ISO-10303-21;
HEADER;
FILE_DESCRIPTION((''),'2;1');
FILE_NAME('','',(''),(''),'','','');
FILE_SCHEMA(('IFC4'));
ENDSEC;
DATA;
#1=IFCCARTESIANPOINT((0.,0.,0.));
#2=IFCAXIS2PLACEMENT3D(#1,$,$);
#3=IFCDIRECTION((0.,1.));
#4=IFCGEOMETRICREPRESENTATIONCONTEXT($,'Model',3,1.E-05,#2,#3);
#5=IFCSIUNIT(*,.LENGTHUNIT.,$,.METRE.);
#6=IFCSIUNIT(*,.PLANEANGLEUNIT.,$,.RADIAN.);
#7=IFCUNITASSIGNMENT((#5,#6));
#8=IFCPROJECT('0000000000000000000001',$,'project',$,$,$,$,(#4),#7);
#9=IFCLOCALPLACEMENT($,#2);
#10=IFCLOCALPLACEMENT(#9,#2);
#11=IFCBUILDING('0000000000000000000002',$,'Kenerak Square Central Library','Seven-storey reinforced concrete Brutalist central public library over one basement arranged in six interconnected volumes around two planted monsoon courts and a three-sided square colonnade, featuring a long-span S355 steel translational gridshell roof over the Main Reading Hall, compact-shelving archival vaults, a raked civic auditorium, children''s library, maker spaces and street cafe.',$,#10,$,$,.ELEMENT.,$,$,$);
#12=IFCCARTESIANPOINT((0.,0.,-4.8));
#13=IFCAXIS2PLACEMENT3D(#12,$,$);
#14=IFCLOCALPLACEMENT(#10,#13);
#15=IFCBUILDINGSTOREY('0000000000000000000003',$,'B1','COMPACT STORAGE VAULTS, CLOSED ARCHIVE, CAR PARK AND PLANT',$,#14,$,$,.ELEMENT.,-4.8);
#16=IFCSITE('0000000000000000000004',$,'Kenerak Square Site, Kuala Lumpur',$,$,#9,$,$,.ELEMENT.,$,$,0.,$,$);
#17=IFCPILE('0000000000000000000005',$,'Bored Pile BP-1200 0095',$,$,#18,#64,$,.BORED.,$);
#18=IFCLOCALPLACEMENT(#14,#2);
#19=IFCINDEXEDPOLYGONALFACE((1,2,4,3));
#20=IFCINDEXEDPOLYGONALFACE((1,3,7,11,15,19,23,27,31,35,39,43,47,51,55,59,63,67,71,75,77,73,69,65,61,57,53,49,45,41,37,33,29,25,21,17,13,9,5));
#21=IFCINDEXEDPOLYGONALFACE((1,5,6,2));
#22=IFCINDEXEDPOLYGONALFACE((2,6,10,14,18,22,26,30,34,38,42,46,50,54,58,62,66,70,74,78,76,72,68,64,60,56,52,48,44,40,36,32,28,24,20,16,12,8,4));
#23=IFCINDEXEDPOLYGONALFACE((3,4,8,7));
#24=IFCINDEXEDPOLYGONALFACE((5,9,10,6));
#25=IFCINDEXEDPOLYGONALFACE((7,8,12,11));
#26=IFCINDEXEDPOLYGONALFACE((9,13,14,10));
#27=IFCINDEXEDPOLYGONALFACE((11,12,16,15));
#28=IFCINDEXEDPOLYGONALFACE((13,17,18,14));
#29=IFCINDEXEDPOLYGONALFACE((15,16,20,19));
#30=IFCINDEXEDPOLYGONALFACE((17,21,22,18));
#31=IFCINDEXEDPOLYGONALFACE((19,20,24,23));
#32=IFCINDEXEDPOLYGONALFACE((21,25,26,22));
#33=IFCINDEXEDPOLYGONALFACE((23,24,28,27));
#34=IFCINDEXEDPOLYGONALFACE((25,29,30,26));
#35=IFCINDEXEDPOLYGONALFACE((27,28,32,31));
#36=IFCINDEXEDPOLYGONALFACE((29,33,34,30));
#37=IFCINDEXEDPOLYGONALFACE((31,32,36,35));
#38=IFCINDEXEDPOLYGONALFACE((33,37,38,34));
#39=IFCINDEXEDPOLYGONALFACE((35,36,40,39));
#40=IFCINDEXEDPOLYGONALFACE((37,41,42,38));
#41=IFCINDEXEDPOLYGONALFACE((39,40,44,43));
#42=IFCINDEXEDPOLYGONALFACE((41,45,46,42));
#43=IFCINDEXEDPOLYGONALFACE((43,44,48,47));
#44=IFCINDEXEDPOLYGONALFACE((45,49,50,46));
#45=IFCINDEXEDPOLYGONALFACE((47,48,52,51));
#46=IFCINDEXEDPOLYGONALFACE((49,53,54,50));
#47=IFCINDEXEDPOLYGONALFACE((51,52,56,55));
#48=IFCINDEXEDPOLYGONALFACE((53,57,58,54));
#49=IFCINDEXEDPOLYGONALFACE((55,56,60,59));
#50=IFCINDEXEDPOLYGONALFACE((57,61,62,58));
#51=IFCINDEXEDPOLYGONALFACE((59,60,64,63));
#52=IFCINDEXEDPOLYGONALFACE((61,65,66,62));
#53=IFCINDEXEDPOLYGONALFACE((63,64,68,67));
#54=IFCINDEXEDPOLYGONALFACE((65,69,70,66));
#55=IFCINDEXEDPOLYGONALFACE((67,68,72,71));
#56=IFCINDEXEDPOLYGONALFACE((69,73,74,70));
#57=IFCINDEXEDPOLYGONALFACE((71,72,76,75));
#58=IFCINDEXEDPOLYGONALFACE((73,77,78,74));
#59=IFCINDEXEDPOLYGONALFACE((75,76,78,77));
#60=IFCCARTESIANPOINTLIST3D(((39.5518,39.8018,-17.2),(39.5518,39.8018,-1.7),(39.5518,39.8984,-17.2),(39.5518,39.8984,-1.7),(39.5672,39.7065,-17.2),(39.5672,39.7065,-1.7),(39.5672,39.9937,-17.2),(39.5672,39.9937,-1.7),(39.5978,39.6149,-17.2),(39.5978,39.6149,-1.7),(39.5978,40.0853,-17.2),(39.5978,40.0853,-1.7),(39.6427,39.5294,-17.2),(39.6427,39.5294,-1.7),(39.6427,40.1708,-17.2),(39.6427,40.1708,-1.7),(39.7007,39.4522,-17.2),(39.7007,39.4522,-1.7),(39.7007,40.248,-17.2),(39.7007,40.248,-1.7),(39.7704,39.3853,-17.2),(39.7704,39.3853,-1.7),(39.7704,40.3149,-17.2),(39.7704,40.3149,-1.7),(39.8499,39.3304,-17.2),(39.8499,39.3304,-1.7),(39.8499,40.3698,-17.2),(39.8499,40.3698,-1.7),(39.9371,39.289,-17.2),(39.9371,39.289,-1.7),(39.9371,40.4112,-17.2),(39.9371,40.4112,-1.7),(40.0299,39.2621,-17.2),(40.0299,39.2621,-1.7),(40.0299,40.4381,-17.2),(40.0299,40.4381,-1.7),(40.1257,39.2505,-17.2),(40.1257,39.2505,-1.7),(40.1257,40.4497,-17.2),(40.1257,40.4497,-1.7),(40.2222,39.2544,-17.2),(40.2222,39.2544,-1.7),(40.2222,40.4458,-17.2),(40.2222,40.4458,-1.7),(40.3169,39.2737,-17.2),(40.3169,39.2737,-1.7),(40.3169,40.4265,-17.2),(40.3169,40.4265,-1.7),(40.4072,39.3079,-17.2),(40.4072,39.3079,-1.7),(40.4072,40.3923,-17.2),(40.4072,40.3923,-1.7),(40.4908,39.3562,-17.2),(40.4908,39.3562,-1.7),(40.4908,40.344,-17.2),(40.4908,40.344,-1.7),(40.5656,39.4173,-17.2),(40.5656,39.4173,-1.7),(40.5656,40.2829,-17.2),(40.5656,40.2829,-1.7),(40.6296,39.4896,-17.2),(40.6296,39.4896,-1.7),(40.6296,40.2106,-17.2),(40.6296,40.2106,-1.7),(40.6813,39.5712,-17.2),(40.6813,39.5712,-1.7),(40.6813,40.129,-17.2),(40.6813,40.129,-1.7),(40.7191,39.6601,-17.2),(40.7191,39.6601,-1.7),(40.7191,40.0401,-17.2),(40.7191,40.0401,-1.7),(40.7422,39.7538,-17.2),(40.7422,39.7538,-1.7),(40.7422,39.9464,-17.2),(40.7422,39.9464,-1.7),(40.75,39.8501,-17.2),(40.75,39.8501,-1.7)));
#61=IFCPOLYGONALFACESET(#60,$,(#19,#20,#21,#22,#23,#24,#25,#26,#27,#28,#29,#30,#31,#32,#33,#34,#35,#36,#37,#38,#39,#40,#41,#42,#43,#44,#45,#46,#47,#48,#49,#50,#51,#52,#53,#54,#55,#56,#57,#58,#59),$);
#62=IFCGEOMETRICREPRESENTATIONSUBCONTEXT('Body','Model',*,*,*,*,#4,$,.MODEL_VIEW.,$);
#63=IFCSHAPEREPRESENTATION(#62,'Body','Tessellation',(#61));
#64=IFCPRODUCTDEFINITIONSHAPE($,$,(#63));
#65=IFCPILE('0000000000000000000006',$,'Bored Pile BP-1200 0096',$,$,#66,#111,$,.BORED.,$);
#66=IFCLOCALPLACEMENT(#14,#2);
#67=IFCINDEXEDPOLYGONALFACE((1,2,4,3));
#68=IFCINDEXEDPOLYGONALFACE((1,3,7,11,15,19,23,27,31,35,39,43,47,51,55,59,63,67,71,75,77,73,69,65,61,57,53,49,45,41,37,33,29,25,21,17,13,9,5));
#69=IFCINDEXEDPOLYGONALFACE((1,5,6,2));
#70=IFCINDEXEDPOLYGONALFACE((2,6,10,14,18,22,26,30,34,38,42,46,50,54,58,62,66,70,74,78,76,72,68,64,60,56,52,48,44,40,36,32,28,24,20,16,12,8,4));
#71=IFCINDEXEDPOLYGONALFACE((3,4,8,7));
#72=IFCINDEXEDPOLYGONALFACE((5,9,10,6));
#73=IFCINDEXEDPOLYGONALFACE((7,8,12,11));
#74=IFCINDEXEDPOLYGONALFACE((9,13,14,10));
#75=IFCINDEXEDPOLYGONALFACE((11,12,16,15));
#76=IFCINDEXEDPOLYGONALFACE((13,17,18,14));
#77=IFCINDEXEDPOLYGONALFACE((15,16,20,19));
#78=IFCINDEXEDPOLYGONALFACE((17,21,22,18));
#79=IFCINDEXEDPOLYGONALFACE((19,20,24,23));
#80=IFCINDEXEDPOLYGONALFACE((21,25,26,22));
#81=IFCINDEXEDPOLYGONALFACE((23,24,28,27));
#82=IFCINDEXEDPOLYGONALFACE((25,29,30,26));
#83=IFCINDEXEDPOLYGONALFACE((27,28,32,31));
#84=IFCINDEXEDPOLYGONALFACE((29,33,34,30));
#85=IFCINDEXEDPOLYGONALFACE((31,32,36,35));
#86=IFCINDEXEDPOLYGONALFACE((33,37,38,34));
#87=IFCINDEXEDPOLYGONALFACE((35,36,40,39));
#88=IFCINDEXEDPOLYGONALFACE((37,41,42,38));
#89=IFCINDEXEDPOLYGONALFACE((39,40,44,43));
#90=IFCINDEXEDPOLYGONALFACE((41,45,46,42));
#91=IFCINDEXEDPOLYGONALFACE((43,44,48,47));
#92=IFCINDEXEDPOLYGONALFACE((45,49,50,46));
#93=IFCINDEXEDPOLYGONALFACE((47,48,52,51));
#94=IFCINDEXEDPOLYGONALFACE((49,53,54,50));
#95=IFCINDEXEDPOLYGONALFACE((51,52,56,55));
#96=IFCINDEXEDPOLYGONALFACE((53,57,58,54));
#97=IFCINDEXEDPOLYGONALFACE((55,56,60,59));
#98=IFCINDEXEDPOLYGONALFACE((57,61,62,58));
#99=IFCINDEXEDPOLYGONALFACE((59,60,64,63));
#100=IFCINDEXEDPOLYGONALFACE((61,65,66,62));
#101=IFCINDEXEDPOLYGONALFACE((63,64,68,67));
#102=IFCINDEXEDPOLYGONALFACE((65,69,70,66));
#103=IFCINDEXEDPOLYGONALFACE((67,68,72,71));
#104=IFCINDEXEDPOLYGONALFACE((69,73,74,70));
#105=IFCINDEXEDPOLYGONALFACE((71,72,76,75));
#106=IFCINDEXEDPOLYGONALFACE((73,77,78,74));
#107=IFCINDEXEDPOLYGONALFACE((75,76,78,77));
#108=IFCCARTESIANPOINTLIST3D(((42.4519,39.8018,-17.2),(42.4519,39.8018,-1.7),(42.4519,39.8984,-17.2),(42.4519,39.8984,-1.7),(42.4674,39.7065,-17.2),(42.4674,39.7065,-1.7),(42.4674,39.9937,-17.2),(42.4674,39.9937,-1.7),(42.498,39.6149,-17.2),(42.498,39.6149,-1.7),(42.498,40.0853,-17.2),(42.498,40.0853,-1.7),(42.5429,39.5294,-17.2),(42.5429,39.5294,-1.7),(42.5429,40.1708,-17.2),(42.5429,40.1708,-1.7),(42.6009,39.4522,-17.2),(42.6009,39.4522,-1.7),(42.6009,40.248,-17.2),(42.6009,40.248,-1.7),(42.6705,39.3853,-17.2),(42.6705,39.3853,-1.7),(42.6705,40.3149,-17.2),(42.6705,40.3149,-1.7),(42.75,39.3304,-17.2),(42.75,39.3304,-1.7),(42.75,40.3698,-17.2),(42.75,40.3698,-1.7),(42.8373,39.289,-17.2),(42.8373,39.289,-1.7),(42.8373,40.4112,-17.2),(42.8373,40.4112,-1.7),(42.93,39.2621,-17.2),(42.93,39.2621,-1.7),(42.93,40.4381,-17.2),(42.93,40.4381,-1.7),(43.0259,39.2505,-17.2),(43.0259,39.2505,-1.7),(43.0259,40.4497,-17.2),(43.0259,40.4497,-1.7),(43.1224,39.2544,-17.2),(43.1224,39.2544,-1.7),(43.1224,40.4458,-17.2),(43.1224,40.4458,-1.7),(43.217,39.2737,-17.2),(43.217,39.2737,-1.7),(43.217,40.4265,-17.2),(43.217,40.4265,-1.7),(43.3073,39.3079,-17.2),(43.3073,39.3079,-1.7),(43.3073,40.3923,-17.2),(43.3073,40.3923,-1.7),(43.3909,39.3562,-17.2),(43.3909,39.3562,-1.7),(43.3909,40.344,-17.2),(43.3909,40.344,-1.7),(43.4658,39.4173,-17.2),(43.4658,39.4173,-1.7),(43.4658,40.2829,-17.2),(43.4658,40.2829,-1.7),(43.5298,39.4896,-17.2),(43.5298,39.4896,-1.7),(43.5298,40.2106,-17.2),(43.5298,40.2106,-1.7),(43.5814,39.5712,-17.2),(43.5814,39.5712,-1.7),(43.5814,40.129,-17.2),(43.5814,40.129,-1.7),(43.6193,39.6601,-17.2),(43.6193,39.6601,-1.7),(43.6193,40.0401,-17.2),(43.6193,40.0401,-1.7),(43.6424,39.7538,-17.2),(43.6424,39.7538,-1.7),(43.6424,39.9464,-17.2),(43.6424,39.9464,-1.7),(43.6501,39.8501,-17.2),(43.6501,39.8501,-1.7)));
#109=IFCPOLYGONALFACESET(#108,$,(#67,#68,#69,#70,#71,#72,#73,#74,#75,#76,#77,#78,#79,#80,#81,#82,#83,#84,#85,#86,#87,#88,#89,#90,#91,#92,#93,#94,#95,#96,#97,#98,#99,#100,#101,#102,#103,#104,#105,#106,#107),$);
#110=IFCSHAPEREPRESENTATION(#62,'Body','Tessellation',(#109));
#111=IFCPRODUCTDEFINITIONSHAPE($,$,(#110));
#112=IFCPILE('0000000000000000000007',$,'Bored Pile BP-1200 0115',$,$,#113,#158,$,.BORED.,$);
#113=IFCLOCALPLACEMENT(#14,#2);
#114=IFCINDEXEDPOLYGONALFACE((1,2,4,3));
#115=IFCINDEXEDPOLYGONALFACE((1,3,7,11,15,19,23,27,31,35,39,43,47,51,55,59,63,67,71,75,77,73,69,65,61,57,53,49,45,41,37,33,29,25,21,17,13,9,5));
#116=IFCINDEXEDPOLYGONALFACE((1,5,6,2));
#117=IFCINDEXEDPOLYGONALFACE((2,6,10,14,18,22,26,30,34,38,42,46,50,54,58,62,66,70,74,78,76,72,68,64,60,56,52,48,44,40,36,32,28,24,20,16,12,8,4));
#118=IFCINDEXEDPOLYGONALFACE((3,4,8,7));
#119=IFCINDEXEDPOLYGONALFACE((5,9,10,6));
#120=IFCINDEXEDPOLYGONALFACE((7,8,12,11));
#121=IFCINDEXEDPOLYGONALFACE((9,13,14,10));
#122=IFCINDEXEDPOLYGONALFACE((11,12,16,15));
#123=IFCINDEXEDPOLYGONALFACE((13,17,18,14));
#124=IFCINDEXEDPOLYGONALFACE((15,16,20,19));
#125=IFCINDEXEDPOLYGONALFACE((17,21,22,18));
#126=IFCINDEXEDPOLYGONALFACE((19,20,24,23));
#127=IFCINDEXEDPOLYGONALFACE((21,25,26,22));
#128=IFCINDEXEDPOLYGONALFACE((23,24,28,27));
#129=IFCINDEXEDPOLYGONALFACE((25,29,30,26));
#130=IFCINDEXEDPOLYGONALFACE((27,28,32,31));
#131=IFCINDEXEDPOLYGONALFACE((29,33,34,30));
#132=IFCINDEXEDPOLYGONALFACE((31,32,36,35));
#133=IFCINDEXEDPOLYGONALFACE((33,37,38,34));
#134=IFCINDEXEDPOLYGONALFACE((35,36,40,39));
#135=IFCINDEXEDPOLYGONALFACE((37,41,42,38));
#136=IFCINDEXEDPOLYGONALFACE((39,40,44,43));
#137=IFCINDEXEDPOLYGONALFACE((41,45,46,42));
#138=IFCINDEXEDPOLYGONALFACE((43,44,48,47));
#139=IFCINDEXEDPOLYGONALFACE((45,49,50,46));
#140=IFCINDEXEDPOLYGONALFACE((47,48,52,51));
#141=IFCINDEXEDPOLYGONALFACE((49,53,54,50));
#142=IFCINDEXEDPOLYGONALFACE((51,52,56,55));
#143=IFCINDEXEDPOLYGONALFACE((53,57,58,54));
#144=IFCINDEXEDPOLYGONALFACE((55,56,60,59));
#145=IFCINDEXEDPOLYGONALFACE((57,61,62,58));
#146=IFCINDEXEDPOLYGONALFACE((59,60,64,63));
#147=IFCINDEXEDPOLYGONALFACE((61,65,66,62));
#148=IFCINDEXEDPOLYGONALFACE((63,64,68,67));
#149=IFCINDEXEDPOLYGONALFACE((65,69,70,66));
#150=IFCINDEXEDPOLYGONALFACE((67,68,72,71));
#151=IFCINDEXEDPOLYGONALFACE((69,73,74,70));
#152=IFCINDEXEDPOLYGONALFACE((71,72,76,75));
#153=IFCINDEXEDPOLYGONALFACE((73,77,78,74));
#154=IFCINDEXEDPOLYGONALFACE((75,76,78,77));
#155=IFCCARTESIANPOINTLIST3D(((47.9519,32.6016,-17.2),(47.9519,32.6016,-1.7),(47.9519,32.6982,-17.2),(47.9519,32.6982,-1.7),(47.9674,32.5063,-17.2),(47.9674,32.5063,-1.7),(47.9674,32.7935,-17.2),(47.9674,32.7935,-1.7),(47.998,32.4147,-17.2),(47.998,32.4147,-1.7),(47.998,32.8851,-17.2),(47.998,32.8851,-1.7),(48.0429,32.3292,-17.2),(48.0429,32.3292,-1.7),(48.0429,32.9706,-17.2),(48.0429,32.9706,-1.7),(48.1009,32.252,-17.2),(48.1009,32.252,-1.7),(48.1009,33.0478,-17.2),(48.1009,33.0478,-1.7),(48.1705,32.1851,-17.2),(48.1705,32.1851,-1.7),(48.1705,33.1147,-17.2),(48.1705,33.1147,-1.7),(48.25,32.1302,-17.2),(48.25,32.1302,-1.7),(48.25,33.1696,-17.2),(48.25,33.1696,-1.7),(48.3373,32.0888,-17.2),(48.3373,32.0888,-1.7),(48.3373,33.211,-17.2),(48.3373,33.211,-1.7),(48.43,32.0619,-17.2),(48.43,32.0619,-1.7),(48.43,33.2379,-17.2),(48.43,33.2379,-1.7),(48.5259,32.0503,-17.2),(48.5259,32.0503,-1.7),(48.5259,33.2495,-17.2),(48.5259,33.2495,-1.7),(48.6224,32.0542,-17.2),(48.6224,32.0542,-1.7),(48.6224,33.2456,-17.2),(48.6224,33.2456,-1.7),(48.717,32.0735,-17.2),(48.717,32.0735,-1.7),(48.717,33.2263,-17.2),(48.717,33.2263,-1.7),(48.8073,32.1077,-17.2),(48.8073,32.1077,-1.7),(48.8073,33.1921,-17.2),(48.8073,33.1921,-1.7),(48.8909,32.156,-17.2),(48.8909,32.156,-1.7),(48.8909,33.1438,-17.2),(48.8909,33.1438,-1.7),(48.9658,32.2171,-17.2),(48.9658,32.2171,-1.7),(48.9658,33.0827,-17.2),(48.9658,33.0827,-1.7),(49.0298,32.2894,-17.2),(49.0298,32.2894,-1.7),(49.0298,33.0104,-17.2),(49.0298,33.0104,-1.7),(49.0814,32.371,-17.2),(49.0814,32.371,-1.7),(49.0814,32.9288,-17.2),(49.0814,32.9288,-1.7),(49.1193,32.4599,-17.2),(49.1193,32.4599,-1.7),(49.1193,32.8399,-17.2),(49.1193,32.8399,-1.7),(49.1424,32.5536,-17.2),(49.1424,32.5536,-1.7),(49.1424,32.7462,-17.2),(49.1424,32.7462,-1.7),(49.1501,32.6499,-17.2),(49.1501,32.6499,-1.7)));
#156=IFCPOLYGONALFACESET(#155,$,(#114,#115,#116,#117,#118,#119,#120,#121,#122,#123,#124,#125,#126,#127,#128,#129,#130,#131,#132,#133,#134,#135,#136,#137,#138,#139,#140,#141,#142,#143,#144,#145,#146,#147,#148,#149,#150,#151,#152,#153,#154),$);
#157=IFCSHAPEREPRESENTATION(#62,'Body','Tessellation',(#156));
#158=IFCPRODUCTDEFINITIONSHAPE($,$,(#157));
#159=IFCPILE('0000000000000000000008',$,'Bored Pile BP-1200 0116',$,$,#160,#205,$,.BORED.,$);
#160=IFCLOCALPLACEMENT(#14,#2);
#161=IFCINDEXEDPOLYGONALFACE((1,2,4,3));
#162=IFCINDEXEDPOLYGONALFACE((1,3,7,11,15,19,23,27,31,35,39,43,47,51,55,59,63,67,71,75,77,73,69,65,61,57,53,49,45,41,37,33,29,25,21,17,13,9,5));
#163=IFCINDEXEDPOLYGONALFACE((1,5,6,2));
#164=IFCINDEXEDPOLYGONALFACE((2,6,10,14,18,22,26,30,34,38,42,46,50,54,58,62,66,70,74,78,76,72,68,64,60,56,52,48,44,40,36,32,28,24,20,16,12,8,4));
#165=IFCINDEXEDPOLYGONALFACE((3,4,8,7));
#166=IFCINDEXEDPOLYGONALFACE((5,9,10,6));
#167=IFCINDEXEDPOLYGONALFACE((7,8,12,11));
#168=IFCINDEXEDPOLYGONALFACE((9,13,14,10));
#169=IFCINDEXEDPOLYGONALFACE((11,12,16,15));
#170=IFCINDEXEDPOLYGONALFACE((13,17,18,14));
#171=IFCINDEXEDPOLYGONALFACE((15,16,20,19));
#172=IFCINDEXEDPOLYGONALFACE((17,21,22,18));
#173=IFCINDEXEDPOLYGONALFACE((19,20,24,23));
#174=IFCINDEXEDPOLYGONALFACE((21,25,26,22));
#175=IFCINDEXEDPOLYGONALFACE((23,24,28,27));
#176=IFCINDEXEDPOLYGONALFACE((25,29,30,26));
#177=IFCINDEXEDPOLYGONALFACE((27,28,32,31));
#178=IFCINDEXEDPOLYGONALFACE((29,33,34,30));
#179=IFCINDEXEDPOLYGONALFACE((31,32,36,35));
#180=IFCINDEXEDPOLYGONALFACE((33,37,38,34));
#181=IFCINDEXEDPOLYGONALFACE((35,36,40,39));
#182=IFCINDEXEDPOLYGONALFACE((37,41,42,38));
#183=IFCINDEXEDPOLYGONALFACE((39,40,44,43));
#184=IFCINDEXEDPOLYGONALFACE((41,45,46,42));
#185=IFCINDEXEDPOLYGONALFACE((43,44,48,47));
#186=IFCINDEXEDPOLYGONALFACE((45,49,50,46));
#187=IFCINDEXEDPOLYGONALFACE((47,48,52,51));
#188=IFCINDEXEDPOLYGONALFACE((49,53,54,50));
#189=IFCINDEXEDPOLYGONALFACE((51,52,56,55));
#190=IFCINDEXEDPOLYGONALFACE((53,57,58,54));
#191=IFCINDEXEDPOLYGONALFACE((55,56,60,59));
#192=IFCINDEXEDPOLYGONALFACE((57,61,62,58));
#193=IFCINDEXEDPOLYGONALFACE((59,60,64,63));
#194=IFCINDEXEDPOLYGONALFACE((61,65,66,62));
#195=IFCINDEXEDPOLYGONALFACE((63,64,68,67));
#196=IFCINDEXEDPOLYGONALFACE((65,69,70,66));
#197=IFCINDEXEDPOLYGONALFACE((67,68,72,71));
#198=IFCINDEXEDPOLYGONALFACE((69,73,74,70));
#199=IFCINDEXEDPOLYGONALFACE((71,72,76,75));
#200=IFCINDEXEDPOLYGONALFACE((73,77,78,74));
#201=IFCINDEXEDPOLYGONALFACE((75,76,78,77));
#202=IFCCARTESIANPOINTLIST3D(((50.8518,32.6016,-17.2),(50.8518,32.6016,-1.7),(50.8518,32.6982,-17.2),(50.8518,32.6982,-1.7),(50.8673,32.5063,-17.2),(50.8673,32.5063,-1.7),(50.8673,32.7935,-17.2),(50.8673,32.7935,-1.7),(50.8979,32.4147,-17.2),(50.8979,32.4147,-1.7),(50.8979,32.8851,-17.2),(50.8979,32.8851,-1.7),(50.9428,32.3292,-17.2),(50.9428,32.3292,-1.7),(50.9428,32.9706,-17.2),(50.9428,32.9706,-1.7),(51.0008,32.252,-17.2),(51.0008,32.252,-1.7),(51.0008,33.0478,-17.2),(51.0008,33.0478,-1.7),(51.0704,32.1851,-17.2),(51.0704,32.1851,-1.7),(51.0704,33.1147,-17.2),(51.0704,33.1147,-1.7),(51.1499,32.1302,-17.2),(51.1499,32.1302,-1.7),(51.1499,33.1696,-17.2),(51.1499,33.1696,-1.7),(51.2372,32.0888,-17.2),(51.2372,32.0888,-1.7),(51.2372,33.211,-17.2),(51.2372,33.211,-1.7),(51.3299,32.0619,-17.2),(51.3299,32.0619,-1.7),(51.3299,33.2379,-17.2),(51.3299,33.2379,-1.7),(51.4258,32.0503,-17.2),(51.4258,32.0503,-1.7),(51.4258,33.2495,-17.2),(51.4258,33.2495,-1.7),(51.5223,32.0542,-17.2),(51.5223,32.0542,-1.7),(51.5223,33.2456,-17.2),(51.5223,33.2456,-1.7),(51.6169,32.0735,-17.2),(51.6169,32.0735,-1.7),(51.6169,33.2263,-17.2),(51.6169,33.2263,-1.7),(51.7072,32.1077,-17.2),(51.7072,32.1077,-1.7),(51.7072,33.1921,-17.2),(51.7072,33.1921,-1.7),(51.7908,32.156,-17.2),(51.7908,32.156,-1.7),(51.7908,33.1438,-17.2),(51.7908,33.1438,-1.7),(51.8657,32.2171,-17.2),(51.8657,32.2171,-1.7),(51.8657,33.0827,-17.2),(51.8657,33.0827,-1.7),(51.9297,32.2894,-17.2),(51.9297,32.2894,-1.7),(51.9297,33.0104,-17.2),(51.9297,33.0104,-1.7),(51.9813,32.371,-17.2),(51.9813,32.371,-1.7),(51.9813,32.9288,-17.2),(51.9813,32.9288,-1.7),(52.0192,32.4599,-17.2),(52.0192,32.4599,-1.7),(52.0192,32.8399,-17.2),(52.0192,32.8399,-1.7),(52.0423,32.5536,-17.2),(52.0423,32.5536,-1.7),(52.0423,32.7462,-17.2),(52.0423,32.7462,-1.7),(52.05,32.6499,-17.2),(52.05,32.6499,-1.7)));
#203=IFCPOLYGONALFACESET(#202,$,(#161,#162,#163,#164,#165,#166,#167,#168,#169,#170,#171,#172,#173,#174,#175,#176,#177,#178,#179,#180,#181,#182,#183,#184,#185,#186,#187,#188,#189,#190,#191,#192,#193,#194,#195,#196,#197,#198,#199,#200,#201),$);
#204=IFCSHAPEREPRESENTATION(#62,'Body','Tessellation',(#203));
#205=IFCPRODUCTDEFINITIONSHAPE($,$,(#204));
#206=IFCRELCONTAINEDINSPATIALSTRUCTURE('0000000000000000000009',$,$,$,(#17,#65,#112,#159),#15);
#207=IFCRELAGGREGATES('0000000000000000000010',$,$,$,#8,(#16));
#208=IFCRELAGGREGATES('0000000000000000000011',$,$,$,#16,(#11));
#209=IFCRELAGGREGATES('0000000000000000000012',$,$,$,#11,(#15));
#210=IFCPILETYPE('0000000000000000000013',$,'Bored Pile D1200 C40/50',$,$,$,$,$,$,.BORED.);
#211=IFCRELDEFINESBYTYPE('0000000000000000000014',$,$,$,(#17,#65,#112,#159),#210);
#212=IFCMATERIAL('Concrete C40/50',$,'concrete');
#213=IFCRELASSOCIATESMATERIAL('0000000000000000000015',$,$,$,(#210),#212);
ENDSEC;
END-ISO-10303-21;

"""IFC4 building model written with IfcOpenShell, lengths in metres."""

from ifc_helpers import new_model, si_unit, direction, frame, origin, origin_2d, place, context, subcontext, project, spatial, circle, extrude, material, material_profile, profile_set, type_object, element, save


model = new_model("IFC4")

# Units and contexts
model_context = context("Model", 3, precision=1e-05, world=origin(), true_north=direction((0.0, 1.0)))
body_context = subcontext(model_context, "Body", "Model", "MODEL_VIEW")
ifc_project = project(units=[si_unit("LENGTHUNIT", "METRE"), si_unit("PLANEANGLEUNIT", "RADIAN")], contexts=[model_context])

# Site, building, storey
site_placement = place(None, origin())
site = spatial("IfcSite", under=ifc_project, at=site_placement, Name="Kenerak Square Site, Kuala Lumpur", CompositionType="ELEMENT", RefElevation=0.0)
building_placement = place(site_placement, origin())
building = spatial("IfcBuilding", under=site, at=building_placement, Name="Kenerak Square Central Library", Description="Seven-storey reinforced concrete Brutalist central public library over one basement arranged in six interconnected volumes around two planted monsoon courts and a three-sided square colonnade, featuring a long-span S355 steel translational gridshell roof over the Main Reading Hall, compact-shelving archival vaults, a raked civic auditorium, children's library, maker spaces and street cafe.", CompositionType="ELEMENT")
storey_placement = place(building_placement, frame((0.0, 0.0, -4.8)))
storey = spatial("IfcBuildingStorey", under=building, at=storey_placement, Name="B1", Description="COMPACT STORAGE VAULTS, CLOSED ARCHIVE, CAR PARK AND PLANT", CompositionType="ELEMENT", Elevation=-4.8)

# Piles
ifc_material_1 = material(Name="Concrete C40/50", Category="concrete")
ifc_material_profile_1 = material_profile(ifc_material_1, circle(Radius=0.6001, at=origin_2d()), Name="BP D1200")
ifc_profile_set_1 = profile_set([ifc_material_profile_1], Name="Concrete C40/50")
pile_type_1 = type_object("IfcPileType", Name="Bored Pile D1200 C40/50", PredefinedType="BORED", material=ifc_profile_set_1)
for number, where, z_axis, x_axis, name in (
    (1, (40.1499, 39.8501, -1.7), (0.0, 0.0, -1.0), (1.0, 0.0, 0.0), "Bored Pile BP-1200 0095"),
    (2, (43.05, 39.8501, -1.7), (0.0, 0.0, -1.0), (1.0, 0.0, 0.0), "Bored Pile BP-1200 0096"),
    (3, (48.55, 32.6499, -1.7), (0.0, 0.0, -1.0), (1.0, 0.0, 0.0), "Bored Pile BP-1200 0115"),
    (4, (51.45, 32.6499, -1.7), (0.0, 0.0, -1.0), (1.0, 0.0, 0.0), "Bored Pile BP-1200 0116"),
):
    element("IfcPile", number, at=place(storey_placement, frame(where, z_axis=z_axis, x_axis=x_axis)), inside=storey, type_object=pile_type_1, Name=name, PredefinedType="BORED", context=body_context, shape_type="SweptSolid", body=[
        extrude(circle(Radius=0.6001, at=origin_2d()), origin(), (0.0, 0.0, 1.0), 15.5),
    ])

save(model, "model.ifc")
